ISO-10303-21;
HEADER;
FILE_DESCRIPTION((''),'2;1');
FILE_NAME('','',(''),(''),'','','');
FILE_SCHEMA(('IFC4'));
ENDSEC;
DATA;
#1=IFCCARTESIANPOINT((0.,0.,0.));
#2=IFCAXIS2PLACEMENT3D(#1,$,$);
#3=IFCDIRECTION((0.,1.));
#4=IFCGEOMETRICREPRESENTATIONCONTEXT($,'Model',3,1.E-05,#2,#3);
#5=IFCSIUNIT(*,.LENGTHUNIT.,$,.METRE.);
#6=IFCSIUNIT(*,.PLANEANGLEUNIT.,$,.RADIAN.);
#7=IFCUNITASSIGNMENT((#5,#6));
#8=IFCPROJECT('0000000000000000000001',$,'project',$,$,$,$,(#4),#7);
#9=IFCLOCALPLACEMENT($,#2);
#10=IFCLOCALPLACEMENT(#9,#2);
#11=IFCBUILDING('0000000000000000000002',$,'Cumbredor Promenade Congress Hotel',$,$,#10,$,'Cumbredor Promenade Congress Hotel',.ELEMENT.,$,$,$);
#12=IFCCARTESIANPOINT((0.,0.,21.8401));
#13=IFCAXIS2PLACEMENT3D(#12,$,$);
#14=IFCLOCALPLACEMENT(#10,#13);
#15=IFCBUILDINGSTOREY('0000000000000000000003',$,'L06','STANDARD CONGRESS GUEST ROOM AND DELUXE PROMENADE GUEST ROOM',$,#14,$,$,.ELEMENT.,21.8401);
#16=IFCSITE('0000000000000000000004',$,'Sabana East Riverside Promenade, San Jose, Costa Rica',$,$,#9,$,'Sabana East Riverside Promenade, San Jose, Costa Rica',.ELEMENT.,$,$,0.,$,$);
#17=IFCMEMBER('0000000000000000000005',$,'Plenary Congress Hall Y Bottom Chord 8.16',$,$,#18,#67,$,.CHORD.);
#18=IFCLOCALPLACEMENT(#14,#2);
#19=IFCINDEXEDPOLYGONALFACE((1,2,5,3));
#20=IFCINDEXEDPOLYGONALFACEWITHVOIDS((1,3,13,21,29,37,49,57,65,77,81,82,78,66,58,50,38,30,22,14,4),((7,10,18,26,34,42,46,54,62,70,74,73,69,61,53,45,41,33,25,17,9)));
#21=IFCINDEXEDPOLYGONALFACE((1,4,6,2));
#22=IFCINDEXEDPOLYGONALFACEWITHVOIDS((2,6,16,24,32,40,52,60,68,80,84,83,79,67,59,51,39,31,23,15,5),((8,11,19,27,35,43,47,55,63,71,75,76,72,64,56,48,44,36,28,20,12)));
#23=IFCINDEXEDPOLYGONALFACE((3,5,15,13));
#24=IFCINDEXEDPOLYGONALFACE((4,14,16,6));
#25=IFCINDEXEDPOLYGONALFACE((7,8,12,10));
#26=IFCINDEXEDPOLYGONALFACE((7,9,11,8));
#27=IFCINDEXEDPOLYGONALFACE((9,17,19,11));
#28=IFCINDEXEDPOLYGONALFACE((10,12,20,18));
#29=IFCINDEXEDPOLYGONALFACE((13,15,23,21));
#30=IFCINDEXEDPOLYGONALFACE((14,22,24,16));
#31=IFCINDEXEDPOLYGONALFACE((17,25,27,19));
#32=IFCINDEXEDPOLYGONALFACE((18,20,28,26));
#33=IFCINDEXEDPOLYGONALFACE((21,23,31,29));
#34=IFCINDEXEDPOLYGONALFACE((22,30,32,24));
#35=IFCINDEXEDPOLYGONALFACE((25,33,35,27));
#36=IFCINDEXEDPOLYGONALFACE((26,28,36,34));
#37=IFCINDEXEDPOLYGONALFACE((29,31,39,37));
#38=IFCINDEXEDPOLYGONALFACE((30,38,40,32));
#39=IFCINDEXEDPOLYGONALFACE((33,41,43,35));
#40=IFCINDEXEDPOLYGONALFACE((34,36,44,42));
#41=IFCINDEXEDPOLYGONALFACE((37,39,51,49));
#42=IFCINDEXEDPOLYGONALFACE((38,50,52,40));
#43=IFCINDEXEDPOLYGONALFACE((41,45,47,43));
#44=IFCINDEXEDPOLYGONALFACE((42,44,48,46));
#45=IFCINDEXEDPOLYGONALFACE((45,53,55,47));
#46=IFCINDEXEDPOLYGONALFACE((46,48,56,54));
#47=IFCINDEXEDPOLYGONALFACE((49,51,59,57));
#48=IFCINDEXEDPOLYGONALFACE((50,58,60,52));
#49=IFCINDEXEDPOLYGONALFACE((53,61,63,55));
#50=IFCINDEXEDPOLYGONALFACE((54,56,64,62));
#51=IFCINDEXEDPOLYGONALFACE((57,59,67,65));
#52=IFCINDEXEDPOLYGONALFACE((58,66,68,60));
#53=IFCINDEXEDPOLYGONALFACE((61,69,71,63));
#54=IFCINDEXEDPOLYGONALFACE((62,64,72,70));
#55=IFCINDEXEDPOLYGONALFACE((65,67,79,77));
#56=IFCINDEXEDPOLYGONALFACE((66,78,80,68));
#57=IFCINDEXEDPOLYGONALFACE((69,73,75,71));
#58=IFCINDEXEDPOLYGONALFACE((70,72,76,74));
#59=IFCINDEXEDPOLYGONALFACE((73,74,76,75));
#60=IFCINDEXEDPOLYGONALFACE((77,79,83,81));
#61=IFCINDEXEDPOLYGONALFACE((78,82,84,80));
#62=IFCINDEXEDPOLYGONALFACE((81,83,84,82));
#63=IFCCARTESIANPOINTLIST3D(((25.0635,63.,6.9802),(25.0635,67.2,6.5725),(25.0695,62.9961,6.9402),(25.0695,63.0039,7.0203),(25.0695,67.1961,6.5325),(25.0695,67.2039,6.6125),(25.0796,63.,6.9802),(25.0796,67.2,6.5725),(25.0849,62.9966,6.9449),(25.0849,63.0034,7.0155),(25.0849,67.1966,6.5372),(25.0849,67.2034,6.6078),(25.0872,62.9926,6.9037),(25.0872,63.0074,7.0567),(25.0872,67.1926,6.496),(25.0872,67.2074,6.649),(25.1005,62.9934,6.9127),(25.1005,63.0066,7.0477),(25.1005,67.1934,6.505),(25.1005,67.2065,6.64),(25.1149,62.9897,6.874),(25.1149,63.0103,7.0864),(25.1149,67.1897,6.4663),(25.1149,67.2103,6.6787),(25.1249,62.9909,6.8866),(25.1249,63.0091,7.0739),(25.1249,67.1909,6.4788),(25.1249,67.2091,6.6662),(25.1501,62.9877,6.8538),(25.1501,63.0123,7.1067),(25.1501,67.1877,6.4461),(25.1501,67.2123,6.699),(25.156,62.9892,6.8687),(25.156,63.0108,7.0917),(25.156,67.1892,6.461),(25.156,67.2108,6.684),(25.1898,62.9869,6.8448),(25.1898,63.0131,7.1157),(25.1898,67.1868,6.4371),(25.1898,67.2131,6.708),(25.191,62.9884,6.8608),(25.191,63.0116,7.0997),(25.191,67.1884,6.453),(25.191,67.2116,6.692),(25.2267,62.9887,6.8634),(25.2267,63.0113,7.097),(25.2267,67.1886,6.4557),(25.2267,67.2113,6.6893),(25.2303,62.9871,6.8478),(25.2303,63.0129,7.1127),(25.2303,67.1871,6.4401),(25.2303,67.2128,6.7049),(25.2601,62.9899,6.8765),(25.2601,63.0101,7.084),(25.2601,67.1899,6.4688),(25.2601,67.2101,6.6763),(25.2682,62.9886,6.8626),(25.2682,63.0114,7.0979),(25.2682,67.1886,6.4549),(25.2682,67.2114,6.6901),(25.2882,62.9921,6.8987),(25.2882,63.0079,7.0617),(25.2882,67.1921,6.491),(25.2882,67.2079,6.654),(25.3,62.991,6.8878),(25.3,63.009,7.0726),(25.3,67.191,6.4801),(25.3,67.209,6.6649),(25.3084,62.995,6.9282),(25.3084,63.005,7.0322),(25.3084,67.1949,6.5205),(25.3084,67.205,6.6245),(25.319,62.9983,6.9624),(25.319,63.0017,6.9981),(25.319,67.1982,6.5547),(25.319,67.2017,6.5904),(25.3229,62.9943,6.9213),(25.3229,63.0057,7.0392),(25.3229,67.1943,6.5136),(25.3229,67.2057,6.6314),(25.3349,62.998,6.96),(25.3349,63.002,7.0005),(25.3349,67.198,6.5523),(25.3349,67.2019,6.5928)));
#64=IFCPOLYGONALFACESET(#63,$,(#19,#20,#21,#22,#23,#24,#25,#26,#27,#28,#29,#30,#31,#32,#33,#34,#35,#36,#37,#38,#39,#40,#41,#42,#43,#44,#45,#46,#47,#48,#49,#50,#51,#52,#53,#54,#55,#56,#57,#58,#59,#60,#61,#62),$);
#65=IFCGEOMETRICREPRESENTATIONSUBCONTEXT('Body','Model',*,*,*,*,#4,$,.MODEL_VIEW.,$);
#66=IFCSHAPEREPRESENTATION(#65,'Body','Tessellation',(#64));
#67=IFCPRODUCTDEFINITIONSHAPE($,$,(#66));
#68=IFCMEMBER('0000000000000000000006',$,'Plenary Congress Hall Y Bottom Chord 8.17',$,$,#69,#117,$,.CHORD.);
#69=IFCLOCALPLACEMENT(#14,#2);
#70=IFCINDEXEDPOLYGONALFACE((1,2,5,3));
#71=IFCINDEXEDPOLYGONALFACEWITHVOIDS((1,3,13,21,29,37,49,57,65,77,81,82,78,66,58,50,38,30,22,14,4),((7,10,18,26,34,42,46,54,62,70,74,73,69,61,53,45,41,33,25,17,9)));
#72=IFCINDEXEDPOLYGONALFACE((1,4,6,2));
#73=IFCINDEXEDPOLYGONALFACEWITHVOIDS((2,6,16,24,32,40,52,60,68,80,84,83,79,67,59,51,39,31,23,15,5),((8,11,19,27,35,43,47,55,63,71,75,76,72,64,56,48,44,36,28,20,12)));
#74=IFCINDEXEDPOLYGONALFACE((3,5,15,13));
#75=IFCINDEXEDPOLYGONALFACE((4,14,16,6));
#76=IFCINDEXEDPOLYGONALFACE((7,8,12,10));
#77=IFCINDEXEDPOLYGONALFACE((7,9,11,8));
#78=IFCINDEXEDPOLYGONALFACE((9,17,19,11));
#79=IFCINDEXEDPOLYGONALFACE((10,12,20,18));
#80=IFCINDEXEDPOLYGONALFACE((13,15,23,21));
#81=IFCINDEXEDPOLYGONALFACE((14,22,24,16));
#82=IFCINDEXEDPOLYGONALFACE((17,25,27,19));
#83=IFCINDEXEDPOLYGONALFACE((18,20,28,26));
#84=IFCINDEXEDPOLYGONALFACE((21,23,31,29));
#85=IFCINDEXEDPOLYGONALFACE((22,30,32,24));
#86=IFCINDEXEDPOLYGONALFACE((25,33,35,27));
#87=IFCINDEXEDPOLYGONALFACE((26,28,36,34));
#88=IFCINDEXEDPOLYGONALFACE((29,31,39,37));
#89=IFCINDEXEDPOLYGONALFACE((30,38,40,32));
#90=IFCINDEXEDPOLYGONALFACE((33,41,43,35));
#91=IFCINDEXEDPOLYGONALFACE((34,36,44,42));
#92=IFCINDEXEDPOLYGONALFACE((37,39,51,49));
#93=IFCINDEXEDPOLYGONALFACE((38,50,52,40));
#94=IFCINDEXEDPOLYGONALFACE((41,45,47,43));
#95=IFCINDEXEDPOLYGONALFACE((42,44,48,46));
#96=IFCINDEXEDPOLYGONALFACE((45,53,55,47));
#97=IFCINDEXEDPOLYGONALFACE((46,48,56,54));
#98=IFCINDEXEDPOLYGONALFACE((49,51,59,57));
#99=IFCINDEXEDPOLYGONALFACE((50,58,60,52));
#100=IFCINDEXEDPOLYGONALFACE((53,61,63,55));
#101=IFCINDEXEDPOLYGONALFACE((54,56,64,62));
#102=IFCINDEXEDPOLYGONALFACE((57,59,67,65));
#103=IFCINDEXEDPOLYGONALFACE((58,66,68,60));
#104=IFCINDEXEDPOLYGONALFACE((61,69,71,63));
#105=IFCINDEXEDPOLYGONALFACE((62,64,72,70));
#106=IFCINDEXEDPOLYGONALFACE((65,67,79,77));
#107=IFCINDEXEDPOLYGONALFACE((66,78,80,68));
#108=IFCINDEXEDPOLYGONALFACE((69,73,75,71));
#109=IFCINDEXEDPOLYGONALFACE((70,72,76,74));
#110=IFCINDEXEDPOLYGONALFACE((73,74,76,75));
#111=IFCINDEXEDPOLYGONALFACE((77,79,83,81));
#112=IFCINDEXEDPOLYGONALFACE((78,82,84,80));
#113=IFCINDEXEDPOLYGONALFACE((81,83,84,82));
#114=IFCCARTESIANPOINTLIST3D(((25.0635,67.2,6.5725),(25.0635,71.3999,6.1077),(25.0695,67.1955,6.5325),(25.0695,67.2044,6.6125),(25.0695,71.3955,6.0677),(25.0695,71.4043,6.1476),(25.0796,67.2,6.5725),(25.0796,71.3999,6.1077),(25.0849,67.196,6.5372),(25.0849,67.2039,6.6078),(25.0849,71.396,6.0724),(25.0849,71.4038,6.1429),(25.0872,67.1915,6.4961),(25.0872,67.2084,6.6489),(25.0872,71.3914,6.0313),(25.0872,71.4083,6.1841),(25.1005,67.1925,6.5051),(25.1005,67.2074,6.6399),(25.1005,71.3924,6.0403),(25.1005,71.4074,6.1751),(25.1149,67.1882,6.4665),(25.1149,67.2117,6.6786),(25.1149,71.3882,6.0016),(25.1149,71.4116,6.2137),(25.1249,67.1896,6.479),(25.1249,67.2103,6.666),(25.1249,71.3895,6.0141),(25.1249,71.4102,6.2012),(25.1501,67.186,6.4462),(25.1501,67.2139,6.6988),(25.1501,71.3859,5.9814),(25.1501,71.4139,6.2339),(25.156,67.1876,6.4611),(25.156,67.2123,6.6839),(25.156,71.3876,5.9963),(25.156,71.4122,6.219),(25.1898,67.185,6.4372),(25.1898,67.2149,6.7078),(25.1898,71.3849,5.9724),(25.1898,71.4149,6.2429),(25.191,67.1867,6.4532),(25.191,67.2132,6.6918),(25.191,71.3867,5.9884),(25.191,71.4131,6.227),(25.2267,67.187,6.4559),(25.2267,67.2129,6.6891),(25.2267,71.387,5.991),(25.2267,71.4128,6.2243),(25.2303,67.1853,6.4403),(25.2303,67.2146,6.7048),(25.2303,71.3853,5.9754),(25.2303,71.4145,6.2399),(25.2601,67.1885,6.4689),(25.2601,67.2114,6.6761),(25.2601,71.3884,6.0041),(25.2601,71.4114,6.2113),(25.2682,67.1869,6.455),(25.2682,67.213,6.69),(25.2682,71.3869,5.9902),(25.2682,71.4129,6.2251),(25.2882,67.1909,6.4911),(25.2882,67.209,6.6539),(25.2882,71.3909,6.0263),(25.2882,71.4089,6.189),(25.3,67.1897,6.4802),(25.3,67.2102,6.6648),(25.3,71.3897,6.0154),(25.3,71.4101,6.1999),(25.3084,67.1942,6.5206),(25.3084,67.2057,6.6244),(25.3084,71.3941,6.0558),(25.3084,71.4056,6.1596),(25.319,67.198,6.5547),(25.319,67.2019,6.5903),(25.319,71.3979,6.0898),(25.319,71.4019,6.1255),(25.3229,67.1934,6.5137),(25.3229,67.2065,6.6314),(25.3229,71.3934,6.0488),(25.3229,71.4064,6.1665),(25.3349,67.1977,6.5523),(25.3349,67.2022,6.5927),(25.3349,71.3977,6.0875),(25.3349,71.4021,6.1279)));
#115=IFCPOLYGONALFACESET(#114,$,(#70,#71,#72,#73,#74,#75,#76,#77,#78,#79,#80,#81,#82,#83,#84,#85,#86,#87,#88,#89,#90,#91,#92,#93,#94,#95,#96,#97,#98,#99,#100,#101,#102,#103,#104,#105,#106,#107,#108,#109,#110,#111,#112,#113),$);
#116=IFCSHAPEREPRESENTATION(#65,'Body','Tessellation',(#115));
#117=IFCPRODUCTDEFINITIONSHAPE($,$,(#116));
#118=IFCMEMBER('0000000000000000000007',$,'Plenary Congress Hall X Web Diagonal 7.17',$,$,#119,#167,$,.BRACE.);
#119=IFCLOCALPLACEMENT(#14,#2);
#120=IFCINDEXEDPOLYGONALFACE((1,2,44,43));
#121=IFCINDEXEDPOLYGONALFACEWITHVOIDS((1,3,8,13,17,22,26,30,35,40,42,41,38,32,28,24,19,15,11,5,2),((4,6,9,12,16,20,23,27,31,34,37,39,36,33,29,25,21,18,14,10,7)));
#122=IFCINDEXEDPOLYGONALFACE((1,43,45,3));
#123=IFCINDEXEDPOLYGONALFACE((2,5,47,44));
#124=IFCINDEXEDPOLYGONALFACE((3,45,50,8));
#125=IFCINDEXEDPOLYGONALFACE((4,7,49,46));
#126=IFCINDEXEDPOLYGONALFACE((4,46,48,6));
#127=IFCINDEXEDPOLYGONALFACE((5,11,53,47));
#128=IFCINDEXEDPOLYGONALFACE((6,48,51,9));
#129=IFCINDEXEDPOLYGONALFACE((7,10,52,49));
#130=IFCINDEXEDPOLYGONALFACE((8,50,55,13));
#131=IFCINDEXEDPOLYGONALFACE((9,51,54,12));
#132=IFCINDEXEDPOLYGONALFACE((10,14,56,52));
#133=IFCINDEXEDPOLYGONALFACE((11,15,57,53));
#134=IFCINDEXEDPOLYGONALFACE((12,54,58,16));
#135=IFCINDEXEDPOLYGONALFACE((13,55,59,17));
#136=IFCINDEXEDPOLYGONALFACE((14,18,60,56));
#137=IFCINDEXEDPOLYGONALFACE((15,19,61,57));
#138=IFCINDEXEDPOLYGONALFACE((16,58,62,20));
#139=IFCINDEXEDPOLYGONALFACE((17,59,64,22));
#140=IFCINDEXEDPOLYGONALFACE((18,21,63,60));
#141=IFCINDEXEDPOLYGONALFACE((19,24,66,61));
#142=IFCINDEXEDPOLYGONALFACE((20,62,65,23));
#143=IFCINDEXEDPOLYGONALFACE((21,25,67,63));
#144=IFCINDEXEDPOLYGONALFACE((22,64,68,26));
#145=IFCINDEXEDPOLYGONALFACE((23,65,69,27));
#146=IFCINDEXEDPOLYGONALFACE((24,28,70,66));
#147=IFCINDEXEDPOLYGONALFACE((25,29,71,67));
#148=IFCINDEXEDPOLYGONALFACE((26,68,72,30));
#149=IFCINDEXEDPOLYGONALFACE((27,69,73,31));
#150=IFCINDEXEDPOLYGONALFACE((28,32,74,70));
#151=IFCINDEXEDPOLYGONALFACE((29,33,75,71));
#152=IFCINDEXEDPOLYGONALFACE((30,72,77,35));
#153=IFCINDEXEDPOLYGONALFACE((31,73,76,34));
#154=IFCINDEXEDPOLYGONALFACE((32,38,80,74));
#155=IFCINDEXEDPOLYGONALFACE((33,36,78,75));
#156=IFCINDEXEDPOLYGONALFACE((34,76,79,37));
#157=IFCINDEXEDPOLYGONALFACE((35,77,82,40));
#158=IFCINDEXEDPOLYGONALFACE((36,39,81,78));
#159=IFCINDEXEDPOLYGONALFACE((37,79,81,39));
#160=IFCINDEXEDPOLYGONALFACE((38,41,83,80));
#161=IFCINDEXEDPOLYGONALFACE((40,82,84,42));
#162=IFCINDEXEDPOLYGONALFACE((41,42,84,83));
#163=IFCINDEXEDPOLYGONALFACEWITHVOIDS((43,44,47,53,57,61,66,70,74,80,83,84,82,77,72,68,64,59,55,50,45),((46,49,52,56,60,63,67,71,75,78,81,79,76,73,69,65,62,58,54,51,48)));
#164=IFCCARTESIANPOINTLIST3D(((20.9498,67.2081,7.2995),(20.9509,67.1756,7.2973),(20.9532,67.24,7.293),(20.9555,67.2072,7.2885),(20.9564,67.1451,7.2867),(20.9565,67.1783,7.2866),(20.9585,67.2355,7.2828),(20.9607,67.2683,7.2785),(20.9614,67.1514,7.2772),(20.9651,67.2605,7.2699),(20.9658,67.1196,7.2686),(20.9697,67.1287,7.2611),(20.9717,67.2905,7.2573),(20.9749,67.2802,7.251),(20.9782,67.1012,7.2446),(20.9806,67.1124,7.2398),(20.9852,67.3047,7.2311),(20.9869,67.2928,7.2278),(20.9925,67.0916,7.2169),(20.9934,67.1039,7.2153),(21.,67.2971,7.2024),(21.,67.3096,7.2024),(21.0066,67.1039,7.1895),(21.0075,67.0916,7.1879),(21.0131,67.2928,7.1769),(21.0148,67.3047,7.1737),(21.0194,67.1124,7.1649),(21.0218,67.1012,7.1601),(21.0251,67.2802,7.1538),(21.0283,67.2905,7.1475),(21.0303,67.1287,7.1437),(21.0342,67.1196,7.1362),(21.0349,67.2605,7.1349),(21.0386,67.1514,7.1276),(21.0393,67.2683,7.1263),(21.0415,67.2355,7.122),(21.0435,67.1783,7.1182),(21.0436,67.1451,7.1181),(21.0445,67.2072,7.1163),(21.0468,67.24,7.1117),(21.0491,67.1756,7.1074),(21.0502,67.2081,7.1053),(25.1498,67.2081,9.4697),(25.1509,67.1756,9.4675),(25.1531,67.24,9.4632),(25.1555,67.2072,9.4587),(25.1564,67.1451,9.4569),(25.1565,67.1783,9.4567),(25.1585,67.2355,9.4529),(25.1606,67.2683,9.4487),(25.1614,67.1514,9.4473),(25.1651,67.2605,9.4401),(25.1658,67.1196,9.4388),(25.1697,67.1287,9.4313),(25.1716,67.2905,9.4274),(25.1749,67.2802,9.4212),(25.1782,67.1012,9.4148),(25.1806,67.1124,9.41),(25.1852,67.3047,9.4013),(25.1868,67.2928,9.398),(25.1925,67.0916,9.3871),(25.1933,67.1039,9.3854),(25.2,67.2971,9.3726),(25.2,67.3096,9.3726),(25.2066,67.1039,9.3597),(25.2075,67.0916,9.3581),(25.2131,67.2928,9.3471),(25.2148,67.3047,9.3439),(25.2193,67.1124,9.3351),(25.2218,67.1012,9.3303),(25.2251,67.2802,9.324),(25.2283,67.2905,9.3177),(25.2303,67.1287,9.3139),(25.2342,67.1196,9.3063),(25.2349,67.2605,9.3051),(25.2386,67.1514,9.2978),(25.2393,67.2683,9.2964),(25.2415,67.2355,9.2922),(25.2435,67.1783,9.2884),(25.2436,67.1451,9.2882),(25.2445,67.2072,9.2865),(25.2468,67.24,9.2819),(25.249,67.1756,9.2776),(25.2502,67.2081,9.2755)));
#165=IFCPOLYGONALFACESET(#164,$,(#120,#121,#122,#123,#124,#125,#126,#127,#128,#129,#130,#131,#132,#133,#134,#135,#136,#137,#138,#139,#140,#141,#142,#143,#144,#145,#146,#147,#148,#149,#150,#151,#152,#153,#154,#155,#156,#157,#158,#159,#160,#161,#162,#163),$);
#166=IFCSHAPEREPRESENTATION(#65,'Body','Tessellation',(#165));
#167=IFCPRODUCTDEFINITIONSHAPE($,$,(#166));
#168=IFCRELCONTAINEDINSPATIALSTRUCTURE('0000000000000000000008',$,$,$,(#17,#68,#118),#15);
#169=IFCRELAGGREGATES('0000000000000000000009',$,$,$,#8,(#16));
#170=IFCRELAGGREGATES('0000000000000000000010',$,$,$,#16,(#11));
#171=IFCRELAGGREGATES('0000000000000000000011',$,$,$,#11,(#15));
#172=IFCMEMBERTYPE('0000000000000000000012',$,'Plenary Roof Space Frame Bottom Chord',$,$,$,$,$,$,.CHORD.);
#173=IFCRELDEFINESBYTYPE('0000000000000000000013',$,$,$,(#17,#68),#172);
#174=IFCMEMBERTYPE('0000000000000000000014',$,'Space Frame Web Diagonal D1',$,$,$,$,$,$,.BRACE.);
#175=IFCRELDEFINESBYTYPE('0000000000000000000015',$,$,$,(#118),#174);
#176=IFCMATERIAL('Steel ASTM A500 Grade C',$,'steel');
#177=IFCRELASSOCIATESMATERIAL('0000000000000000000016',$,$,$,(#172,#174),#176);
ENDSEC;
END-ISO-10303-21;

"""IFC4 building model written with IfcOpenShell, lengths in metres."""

from ifc_helpers import new_model, si_unit, direction, frame, origin, origin_2d, place, context, subcontext, project, spatial, hollow_circle, extrude, material, material_profile, profile_set, type_object, element, save


model = new_model("IFC4")

# Units and contexts
model_context = context("Model", 3, precision=1e-05, world=origin(), true_north=direction((0.0, 1.0)))
body_context = subcontext(model_context, "Body", "Model", "MODEL_VIEW")
ifc_project = project(units=[si_unit("LENGTHUNIT", "METRE"), si_unit("PLANEANGLEUNIT", "RADIAN")], contexts=[model_context])

# Site, building, storey
site_placement = place(None, origin())
site = spatial("IfcSite", under=ifc_project, at=site_placement, Name="Sabana East Riverside Promenade, San Jose, Costa Rica", LongName="Sabana East Riverside Promenade, San Jose, Costa Rica", CompositionType="ELEMENT", RefElevation=0.0)
building_placement = place(site_placement, origin())
building = spatial("IfcBuilding", under=site, at=building_placement, Name="Cumbredor Promenade Congress Hotel", LongName="Cumbredor Promenade Congress Hotel", CompositionType="ELEMENT")
storey_placement = place(building_placement, frame((0.0, 0.0, 21.8401)))
storey = spatial("IfcBuildingStorey", under=building, at=storey_placement, Name="L06", Description="STANDARD CONGRESS GUEST ROOM AND DELUXE PROMENADE GUEST ROOM", CompositionType="ELEMENT", Elevation=21.8401)

# Members
ifc_material_1 = material(Name="Steel ASTM A500 Grade C", Category="steel")
ifc_material_profile_1 = material_profile(ifc_material_1, hollow_circle(Radius=0.1365, WallThickness=0.0161, at=origin_2d()), Name="CHS 273.0x16")
ifc_profile_set_1 = profile_set([ifc_material_profile_1], Name="Steel ASTM A500 Grade C")
member_type_1 = type_object("IfcMemberType", Name="Plenary Roof Space Frame Bottom Chord", PredefinedType="CHORD", material=ifc_profile_set_1)
member_1_placement = place(storey_placement, frame((25.2, 63.0, 6.9802), z_axis=(0.0, 0.995321, -0.096622), x_axis=(-1.0, 0.0, 0.0)))
element("IfcMember", 1, at=member_1_placement, inside=storey, type_object=member_type_1, Name="Plenary Congress Hall Y Bottom Chord 8.16", PredefinedType="CHORD", context=body_context, shape_type="SweptSolid", body=[
    extrude(hollow_circle(Radius=0.1365, WallThickness=0.0161, at=origin_2d()), origin(), (0.0, 0.0, 1.0), 4.2197),
])
member_2_placement = place(storey_placement, frame((25.2, 67.2, 6.5725), z_axis=(0.0, 0.993931, -0.110007), x_axis=(-1.0, 0.0, 0.0)))
element("IfcMember", 2, at=member_2_placement, inside=storey, type_object=member_type_1, Name="Plenary Congress Hall Y Bottom Chord 8.17", PredefinedType="CHORD", context=body_context, shape_type="SweptSolid", body=[
    extrude(hollow_circle(Radius=0.1365, WallThickness=0.0161, at=origin_2d()), origin(), (0.0, 0.0, 1.0), 4.2256),
])
ifc_material_profile_2 = material_profile(ifc_material_1, hollow_circle(Radius=0.1096, WallThickness=0.0125, at=origin_2d()), Name="CHS 219.1x12.5")
ifc_profile_set_2 = profile_set([ifc_material_profile_2], Name="Steel ASTM A500 Grade C")
member_type_2 = type_object("IfcMemberType", Name="Space Frame Web Diagonal D1", PredefinedType="BRACE", material=ifc_profile_set_2)
member_3_placement = place(storey_placement, frame((21.0, 67.2, 7.2024), z_axis=(0.888409, 0.0, 0.459052), x_axis=(0.0, 1.0, 0.0)))
element("IfcMember", 3, at=member_3_placement, inside=storey, type_object=member_type_2, Name="Plenary Congress Hall X Web Diagonal 7.17", PredefinedType="BRACE", context=body_context, shape_type="SweptSolid", body=[
    extrude(hollow_circle(Radius=0.1096, WallThickness=0.0125, at=origin_2d()), origin(), (0.0, 0.0, 1.0), 4.7275),
])

save(model, "model.ifc")
